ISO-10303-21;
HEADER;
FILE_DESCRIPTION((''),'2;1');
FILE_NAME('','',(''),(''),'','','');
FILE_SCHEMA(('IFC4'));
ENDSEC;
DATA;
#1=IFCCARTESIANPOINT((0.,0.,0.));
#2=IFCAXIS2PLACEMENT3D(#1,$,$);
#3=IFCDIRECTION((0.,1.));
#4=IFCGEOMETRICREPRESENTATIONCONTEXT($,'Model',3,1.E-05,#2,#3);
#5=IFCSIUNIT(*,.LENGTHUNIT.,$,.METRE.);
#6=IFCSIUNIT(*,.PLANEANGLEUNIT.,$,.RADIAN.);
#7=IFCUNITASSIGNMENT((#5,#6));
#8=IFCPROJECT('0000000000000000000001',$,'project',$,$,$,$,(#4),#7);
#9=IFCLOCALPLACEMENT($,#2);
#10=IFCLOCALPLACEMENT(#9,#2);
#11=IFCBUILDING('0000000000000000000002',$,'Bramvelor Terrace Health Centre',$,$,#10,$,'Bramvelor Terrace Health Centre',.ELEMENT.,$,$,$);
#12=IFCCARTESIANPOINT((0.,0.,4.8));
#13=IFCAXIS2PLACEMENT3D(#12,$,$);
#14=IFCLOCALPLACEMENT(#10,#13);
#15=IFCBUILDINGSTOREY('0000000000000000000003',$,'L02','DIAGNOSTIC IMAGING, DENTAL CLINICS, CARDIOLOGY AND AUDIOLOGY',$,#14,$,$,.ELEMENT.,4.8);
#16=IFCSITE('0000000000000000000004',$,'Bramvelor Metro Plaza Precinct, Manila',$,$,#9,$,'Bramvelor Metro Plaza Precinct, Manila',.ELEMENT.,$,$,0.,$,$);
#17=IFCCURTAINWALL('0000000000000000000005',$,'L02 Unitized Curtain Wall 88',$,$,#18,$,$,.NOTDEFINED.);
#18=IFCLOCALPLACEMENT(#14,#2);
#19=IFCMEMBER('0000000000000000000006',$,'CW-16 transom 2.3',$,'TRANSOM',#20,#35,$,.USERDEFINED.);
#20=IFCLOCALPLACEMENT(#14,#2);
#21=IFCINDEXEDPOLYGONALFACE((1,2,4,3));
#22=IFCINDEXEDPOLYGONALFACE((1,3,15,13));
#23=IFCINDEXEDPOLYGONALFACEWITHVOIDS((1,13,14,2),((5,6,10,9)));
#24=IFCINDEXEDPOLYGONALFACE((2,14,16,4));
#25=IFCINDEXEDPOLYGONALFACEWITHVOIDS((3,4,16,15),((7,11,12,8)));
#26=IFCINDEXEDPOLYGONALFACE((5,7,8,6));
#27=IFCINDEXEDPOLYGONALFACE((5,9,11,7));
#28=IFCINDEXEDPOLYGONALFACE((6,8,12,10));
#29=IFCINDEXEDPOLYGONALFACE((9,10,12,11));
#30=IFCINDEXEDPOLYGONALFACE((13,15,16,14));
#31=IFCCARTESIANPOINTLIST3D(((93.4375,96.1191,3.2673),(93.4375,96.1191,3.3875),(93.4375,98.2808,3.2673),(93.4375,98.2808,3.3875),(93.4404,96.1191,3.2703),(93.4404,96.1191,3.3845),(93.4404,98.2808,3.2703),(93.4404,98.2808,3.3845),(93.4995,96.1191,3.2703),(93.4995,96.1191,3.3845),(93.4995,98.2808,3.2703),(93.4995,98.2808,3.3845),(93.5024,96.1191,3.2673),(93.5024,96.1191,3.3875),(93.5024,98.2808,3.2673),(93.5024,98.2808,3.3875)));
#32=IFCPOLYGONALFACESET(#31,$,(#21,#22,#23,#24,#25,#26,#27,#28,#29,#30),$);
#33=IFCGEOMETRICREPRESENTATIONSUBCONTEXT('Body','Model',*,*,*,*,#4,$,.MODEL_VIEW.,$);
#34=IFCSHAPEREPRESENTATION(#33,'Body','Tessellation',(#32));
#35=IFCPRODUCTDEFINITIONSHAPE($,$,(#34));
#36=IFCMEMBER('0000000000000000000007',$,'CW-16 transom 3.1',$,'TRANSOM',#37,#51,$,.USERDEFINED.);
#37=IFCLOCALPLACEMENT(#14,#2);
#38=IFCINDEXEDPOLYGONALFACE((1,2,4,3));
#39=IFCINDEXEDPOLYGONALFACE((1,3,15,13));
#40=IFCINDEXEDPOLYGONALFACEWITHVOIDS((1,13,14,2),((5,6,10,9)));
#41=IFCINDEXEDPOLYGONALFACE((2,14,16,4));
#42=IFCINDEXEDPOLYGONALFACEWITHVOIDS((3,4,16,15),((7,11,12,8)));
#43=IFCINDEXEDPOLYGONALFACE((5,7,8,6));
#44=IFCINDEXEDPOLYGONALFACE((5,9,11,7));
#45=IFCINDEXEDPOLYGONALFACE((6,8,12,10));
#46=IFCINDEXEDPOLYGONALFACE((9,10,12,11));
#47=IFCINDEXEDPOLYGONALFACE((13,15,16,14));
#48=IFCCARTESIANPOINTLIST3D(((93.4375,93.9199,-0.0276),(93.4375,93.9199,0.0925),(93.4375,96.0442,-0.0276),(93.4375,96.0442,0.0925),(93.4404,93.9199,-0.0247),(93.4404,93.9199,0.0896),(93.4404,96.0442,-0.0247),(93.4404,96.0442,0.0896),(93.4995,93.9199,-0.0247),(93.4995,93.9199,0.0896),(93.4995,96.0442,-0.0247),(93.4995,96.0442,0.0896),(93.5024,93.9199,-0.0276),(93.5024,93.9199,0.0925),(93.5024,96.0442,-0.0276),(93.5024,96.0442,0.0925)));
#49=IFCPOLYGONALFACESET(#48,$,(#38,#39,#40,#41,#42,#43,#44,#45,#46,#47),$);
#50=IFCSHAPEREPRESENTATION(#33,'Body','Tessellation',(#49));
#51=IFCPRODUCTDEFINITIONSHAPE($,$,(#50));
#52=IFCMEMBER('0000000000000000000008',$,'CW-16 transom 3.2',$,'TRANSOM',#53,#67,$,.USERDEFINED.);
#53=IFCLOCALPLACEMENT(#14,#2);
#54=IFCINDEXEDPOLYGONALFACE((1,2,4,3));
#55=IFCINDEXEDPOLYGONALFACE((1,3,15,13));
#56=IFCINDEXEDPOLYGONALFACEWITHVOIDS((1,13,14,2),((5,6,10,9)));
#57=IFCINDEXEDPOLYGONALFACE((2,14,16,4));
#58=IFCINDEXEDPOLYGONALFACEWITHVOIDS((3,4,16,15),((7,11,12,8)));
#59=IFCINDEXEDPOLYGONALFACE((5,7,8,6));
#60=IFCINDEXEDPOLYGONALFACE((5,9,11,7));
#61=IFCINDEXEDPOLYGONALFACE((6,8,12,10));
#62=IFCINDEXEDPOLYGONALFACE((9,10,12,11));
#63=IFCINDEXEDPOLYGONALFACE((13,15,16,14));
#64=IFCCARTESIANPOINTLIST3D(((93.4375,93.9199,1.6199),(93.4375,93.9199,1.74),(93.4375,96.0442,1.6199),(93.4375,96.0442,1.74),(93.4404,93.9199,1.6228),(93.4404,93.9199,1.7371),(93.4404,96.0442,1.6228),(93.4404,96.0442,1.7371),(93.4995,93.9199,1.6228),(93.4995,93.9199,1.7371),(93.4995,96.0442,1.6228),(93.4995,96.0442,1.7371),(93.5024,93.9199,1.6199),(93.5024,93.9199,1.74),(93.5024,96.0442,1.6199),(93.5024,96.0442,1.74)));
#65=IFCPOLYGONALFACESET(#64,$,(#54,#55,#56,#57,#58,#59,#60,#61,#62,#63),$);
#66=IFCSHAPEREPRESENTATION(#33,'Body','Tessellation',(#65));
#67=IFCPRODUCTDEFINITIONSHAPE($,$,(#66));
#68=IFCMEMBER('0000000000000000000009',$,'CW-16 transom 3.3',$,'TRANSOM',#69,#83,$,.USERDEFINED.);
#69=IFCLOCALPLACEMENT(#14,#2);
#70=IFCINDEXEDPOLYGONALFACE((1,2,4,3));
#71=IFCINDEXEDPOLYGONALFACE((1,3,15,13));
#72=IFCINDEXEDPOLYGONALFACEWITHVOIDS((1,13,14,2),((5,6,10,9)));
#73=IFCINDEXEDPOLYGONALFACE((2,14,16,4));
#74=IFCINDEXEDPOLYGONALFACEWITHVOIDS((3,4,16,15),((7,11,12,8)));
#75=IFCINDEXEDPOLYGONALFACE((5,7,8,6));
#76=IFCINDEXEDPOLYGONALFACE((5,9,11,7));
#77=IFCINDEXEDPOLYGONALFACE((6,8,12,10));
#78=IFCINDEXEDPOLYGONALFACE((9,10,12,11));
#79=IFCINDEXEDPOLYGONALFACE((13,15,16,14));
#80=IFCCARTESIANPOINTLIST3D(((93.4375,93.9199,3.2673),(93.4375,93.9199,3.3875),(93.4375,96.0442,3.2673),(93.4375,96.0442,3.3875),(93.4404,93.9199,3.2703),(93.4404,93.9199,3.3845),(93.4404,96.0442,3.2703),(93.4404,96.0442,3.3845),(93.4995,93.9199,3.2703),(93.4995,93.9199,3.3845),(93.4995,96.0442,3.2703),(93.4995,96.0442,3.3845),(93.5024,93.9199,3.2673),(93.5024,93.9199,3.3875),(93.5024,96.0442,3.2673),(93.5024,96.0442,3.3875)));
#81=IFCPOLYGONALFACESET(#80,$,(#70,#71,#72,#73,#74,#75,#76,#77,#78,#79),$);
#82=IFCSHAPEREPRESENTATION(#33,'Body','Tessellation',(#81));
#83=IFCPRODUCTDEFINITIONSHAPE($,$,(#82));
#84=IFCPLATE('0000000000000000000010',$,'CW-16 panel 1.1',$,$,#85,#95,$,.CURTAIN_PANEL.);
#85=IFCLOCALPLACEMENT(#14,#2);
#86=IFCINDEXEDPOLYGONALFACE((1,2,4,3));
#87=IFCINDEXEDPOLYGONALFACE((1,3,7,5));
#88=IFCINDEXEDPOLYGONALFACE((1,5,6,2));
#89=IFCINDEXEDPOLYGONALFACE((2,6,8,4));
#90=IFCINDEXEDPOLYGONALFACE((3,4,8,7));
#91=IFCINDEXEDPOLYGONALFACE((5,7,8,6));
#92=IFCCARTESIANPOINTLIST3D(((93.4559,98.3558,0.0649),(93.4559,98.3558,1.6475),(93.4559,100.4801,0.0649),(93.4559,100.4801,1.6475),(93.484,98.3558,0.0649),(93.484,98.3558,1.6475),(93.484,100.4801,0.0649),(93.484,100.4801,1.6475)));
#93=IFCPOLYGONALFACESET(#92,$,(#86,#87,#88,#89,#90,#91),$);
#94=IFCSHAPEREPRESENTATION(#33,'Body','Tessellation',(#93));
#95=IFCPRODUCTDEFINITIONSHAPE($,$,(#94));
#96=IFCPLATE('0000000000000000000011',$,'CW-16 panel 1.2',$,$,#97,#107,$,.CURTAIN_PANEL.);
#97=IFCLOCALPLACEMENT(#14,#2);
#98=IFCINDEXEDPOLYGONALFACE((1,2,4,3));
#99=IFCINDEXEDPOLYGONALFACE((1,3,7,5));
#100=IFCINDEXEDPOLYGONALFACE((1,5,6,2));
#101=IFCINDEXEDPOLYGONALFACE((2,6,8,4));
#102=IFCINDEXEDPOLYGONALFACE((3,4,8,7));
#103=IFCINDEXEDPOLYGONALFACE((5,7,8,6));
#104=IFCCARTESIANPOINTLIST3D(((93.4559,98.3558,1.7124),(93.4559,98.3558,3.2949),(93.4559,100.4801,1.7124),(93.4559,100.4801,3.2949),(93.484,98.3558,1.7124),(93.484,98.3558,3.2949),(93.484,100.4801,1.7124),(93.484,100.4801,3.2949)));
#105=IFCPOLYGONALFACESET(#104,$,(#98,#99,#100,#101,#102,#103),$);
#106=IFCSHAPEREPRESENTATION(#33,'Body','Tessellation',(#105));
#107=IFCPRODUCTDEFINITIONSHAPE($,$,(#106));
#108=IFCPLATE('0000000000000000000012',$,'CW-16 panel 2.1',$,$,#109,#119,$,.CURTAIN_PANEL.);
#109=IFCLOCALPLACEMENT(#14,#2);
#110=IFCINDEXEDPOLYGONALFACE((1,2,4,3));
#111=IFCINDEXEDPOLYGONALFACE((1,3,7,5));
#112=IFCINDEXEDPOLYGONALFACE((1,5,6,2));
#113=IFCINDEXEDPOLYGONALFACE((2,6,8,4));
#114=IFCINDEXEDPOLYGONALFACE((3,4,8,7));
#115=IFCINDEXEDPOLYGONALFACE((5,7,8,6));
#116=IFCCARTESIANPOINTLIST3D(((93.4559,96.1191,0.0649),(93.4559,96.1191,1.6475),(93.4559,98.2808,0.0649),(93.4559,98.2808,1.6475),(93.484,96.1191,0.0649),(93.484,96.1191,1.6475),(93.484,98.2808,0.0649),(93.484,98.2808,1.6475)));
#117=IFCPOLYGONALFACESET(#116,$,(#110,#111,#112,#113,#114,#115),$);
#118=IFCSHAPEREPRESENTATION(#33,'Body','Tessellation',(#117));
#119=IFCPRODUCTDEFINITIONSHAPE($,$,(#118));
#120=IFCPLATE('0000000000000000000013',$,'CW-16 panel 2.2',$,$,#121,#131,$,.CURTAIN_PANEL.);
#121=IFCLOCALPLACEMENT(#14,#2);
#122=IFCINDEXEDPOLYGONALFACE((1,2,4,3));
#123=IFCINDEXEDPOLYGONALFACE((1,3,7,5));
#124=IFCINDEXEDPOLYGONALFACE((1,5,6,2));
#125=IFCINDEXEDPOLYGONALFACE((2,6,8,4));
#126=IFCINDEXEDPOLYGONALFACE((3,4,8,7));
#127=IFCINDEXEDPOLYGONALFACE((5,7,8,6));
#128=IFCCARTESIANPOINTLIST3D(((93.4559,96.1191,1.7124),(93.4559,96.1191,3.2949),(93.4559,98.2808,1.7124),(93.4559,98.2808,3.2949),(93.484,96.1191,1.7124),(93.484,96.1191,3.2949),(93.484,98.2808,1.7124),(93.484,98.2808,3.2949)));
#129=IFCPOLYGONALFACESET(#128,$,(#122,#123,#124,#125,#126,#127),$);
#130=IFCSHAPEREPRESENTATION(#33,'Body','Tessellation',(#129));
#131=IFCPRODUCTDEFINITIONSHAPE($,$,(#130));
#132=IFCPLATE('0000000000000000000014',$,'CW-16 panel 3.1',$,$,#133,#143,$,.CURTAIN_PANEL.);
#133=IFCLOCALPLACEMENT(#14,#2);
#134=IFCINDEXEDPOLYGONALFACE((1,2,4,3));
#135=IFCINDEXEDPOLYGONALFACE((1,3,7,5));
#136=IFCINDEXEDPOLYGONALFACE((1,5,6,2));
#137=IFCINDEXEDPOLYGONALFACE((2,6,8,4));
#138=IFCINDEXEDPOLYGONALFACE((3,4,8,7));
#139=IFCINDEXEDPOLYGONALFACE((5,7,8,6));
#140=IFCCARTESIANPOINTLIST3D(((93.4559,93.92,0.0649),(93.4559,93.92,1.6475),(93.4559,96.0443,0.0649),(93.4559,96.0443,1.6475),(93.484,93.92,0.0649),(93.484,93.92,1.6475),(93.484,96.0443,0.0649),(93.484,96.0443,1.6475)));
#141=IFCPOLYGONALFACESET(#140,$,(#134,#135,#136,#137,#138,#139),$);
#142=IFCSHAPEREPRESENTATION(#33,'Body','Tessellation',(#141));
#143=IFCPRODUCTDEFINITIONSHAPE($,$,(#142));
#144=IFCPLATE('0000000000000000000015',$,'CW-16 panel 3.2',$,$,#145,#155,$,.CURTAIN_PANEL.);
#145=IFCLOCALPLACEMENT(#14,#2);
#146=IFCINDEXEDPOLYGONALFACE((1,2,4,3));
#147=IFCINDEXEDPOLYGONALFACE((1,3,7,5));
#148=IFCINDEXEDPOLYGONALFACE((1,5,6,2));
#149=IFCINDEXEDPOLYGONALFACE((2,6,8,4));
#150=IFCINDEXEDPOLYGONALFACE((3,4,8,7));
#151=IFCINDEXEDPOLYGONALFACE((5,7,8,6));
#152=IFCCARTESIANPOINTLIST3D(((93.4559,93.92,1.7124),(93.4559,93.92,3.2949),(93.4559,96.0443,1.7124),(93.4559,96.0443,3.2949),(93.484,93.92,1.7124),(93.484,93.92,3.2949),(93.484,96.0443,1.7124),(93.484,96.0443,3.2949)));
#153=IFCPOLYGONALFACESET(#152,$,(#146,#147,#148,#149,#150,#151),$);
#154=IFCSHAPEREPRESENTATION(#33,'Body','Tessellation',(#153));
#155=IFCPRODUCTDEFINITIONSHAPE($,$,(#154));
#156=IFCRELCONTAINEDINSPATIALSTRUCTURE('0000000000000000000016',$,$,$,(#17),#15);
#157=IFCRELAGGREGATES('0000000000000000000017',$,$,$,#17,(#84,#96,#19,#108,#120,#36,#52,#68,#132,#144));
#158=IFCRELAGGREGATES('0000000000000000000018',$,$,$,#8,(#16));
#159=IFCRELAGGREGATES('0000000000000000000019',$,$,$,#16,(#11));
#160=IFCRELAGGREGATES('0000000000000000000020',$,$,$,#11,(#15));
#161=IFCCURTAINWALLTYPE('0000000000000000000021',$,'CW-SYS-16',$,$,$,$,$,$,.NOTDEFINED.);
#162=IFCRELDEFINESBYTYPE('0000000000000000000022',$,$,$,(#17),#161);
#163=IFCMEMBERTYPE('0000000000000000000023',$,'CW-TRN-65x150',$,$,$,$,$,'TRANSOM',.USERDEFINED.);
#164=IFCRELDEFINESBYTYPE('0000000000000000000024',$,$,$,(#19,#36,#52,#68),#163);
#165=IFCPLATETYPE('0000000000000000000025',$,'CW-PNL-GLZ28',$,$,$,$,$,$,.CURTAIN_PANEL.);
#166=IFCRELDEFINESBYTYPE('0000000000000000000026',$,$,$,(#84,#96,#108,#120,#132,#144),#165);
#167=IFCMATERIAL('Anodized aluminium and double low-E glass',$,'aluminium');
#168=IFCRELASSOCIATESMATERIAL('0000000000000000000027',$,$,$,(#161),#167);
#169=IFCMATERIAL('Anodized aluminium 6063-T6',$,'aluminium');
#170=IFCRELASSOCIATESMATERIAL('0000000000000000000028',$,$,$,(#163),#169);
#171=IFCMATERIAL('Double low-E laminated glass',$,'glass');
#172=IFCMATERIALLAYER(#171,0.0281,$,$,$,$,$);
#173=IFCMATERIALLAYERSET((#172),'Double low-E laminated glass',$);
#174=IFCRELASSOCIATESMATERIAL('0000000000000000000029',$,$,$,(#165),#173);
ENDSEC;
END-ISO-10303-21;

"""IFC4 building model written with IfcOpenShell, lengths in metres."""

from ifc_helpers import new_model, si_unit, direction, frame, origin, origin_2d, place, context, subcontext, project, spatial, rectangle, hollow_rectangle, extrude, material, layer, layer_set, material_profile, profile_set, type_object, element, aggregate, save


model = new_model("IFC4")

# Units and contexts
model_context = context("Model", 3, precision=1e-05, world=origin(), true_north=direction((0.0, 1.0)))
body_context = subcontext(model_context, "Body", "Model", "MODEL_VIEW")
ifc_project = project(units=[si_unit("LENGTHUNIT", "METRE"), si_unit("PLANEANGLEUNIT", "RADIAN")], contexts=[model_context])

# Site, building, storey
site_placement = place(None, origin())
site = spatial("IfcSite", under=ifc_project, at=site_placement, Name="Bramvelor Metro Plaza Precinct, Manila", LongName="Bramvelor Metro Plaza Precinct, Manila", CompositionType="ELEMENT", RefElevation=0.0)
building_placement = place(site_placement, origin())
building = spatial("IfcBuilding", under=site, at=building_placement, Name="Bramvelor Terrace Health Centre", LongName="Bramvelor Terrace Health Centre", CompositionType="ELEMENT")
storey_placement = place(building_placement, frame((0.0, 0.0, 4.8)))
storey = spatial("IfcBuildingStorey", under=building, at=storey_placement, Name="L02", Description="DIAGNOSTIC IMAGING, DENTAL CLINICS, CARDIOLOGY AND AUDIOLOGY", CompositionType="ELEMENT", Elevation=4.8)

# Curtain wall, members, plates
ifc_material_1 = material(Name="Anodized aluminium and double low-E glass", Category="aluminium")
curtain_wall_type = type_object("IfcCurtainWallType", Name="CW-SYS-16", PredefinedType="NOTDEFINED", material=ifc_material_1)
curtain_wall_placement = place(storey_placement, origin())
curtain_wall = element("IfcCurtainWall", 1, at=curtain_wall_placement, inside=storey, type_object=curtain_wall_type, Name="L02 Unitized Curtain Wall 88", PredefinedType="NOTDEFINED")
ifc_material_2 = material(Name="Anodized aluminium 6063-T6", Category="aluminium")
ifc_material_profile_1 = material_profile(ifc_material_2, hollow_rectangle(XDim=0.0649, YDim=0.1201, WallThickness=0.0029, at=origin_2d()), Name="ALU-TRN 65x120x3.0")
ifc_profile_set_1 = profile_set([ifc_material_profile_1], Name="Anodized aluminium 6063-T6")
member_type_1 = type_object("IfcMemberType", Name="CW-TRN-65x150", ElementType="TRANSOM", PredefinedType="USERDEFINED", material=ifc_profile_set_1)
member_1_placement = place(storey_placement, frame((93.47, 98.2808, 3.3274), z_axis=(0.0, -1.0, 0.0), x_axis=(1.0, 0.0, 0.0)))
member_1 = element("IfcMember", 2, at=member_1_placement, type_object=member_type_1, Name="CW-16 transom 2.3", ObjectType="TRANSOM", PredefinedType="USERDEFINED", context=body_context, shape_type="SweptSolid", body=[
    extrude(hollow_rectangle(XDim=0.0649, YDim=0.1201, WallThickness=0.0029, at=origin_2d()), origin(), (0.0, 0.0, 1.0), 2.1616),
])
member_2_placement = place(storey_placement, frame((93.47, 96.0442, 0.0325), z_axis=(0.0, -1.0, 0.0), x_axis=(1.0, 0.0, 0.0)))
member_2 = element("IfcMember", 3, at=member_2_placement, type_object=member_type_1, Name="CW-16 transom 3.1", ObjectType="TRANSOM", PredefinedType="USERDEFINED", context=body_context, shape_type="SweptSolid", body=[
    extrude(hollow_rectangle(XDim=0.0649, YDim=0.1201, WallThickness=0.0029, at=origin_2d()), origin(), (0.0, 0.0, 1.0), 2.1243),
])
member_3_placement = place(storey_placement, frame((93.47, 96.0442, 1.6799), z_axis=(0.0, -1.0, 0.0), x_axis=(1.0, 0.0, 0.0)))
member_3 = element("IfcMember", 4, at=member_3_placement, type_object=member_type_1, Name="CW-16 transom 3.2", ObjectType="TRANSOM", PredefinedType="USERDEFINED", context=body_context, shape_type="SweptSolid", body=[
    extrude(hollow_rectangle(XDim=0.0649, YDim=0.1201, WallThickness=0.0029, at=origin_2d()), origin(), (0.0, 0.0, 1.0), 2.1243),
])
member_4_placement = place(storey_placement, frame((93.47, 96.0442, 3.3274), z_axis=(0.0, -1.0, 0.0), x_axis=(1.0, 0.0, 0.0)))
member_4 = element("IfcMember", 5, at=member_4_placement, type_object=member_type_1, Name="CW-16 transom 3.3", ObjectType="TRANSOM", PredefinedType="USERDEFINED", context=body_context, shape_type="SweptSolid", body=[
    extrude(hollow_rectangle(XDim=0.0649, YDim=0.1201, WallThickness=0.0029, at=origin_2d()), origin(), (0.0, 0.0, 1.0), 2.1243),
])
ifc_material_3 = material(Name="Double low-E laminated glass", Category="glass")
ifc_layer = layer(ifc_material_3, 0.0281)
ifc_layer_set = layer_set([ifc_layer], Name="Double low-E laminated glass")
plate_type = type_object("IfcPlateType", Name="CW-PNL-GLZ28", PredefinedType="CURTAIN_PANEL", material=ifc_layer_set)
plate_1_placement = place(storey_placement, frame((93.47, 99.418, 0.0649), z_axis=(0.0, 0.0, 1.0), x_axis=(0.0, -1.0, 0.0)))
plate_1 = element("IfcPlate", 6, at=plate_1_placement, type_object=plate_type, Name="CW-16 panel 1.1", PredefinedType="CURTAIN_PANEL", context=body_context, shape_type="SweptSolid", body=[
    extrude(rectangle(XDim=2.1243, YDim=0.0281, at=origin_2d()), origin(), (0.0, 0.0, 1.0), 1.5825),
])
plate_2_placement = place(storey_placement, frame((93.47, 99.418, 1.7124), z_axis=(0.0, 0.0, 1.0), x_axis=(0.0, -1.0, 0.0)))
plate_2 = element("IfcPlate", 7, at=plate_2_placement, type_object=plate_type, Name="CW-16 panel 1.2", PredefinedType="CURTAIN_PANEL", context=body_context, shape_type="SweptSolid", body=[
    extrude(rectangle(XDim=2.1243, YDim=0.0281, at=origin_2d()), origin(), (0.0, 0.0, 1.0), 1.5825),
])
plate_3_placement = place(storey_placement, frame((93.47, 97.2, 0.0649), z_axis=(0.0, 0.0, 1.0), x_axis=(0.0, -1.0, 0.0)))
plate_3 = element("IfcPlate", 8, at=plate_3_placement, type_object=plate_type, Name="CW-16 panel 2.1", PredefinedType="CURTAIN_PANEL", context=body_context, shape_type="SweptSolid", body=[
    extrude(rectangle(XDim=2.1616, YDim=0.0281, at=origin_2d()), origin(), (0.0, 0.0, 1.0), 1.5825),
])
plate_4_placement = place(storey_placement, frame((93.47, 97.2, 1.7124), z_axis=(0.0, 0.0, 1.0), x_axis=(0.0, -1.0, 0.0)))
plate_4 = element("IfcPlate", 9, at=plate_4_placement, type_object=plate_type, Name="CW-16 panel 2.2", PredefinedType="CURTAIN_PANEL", context=body_context, shape_type="SweptSolid", body=[
    extrude(rectangle(XDim=2.1616, YDim=0.0281, at=origin_2d()), origin(), (0.0, 0.0, 1.0), 1.5825),
])
plate_5_placement = place(storey_placement, frame((93.47, 94.9822, 0.0649), z_axis=(0.0, 0.0, 1.0), x_axis=(0.0, -1.0, 0.0)))
plate_5 = element("IfcPlate", 10, at=plate_5_placement, type_object=plate_type, Name="CW-16 panel 3.1", PredefinedType="CURTAIN_PANEL", context=body_context, shape_type="SweptSolid", body=[
    extrude(rectangle(XDim=2.1243, YDim=0.0281, at=origin_2d()), origin(), (0.0, 0.0, 1.0), 1.5825),
])
plate_6_placement = place(storey_placement, frame((93.47, 94.9822, 1.7124), z_axis=(0.0, 0.0, 1.0), x_axis=(0.0, -1.0, 0.0)))
plate_6 = element("IfcPlate", 11, at=plate_6_placement, type_object=plate_type, Name="CW-16 panel 3.2", PredefinedType="CURTAIN_PANEL", context=body_context, shape_type="SweptSolid", body=[
    extrude(rectangle(XDim=2.1243, YDim=0.0281, at=origin_2d()), origin(), (0.0, 0.0, 1.0), 1.5825),
])
aggregate(curtain_wall, [plate_1, plate_2, member_1, plate_3, plate_4, member_2, member_3, member_4, plate_5, plate_6])

save(model, "model.ifc")
